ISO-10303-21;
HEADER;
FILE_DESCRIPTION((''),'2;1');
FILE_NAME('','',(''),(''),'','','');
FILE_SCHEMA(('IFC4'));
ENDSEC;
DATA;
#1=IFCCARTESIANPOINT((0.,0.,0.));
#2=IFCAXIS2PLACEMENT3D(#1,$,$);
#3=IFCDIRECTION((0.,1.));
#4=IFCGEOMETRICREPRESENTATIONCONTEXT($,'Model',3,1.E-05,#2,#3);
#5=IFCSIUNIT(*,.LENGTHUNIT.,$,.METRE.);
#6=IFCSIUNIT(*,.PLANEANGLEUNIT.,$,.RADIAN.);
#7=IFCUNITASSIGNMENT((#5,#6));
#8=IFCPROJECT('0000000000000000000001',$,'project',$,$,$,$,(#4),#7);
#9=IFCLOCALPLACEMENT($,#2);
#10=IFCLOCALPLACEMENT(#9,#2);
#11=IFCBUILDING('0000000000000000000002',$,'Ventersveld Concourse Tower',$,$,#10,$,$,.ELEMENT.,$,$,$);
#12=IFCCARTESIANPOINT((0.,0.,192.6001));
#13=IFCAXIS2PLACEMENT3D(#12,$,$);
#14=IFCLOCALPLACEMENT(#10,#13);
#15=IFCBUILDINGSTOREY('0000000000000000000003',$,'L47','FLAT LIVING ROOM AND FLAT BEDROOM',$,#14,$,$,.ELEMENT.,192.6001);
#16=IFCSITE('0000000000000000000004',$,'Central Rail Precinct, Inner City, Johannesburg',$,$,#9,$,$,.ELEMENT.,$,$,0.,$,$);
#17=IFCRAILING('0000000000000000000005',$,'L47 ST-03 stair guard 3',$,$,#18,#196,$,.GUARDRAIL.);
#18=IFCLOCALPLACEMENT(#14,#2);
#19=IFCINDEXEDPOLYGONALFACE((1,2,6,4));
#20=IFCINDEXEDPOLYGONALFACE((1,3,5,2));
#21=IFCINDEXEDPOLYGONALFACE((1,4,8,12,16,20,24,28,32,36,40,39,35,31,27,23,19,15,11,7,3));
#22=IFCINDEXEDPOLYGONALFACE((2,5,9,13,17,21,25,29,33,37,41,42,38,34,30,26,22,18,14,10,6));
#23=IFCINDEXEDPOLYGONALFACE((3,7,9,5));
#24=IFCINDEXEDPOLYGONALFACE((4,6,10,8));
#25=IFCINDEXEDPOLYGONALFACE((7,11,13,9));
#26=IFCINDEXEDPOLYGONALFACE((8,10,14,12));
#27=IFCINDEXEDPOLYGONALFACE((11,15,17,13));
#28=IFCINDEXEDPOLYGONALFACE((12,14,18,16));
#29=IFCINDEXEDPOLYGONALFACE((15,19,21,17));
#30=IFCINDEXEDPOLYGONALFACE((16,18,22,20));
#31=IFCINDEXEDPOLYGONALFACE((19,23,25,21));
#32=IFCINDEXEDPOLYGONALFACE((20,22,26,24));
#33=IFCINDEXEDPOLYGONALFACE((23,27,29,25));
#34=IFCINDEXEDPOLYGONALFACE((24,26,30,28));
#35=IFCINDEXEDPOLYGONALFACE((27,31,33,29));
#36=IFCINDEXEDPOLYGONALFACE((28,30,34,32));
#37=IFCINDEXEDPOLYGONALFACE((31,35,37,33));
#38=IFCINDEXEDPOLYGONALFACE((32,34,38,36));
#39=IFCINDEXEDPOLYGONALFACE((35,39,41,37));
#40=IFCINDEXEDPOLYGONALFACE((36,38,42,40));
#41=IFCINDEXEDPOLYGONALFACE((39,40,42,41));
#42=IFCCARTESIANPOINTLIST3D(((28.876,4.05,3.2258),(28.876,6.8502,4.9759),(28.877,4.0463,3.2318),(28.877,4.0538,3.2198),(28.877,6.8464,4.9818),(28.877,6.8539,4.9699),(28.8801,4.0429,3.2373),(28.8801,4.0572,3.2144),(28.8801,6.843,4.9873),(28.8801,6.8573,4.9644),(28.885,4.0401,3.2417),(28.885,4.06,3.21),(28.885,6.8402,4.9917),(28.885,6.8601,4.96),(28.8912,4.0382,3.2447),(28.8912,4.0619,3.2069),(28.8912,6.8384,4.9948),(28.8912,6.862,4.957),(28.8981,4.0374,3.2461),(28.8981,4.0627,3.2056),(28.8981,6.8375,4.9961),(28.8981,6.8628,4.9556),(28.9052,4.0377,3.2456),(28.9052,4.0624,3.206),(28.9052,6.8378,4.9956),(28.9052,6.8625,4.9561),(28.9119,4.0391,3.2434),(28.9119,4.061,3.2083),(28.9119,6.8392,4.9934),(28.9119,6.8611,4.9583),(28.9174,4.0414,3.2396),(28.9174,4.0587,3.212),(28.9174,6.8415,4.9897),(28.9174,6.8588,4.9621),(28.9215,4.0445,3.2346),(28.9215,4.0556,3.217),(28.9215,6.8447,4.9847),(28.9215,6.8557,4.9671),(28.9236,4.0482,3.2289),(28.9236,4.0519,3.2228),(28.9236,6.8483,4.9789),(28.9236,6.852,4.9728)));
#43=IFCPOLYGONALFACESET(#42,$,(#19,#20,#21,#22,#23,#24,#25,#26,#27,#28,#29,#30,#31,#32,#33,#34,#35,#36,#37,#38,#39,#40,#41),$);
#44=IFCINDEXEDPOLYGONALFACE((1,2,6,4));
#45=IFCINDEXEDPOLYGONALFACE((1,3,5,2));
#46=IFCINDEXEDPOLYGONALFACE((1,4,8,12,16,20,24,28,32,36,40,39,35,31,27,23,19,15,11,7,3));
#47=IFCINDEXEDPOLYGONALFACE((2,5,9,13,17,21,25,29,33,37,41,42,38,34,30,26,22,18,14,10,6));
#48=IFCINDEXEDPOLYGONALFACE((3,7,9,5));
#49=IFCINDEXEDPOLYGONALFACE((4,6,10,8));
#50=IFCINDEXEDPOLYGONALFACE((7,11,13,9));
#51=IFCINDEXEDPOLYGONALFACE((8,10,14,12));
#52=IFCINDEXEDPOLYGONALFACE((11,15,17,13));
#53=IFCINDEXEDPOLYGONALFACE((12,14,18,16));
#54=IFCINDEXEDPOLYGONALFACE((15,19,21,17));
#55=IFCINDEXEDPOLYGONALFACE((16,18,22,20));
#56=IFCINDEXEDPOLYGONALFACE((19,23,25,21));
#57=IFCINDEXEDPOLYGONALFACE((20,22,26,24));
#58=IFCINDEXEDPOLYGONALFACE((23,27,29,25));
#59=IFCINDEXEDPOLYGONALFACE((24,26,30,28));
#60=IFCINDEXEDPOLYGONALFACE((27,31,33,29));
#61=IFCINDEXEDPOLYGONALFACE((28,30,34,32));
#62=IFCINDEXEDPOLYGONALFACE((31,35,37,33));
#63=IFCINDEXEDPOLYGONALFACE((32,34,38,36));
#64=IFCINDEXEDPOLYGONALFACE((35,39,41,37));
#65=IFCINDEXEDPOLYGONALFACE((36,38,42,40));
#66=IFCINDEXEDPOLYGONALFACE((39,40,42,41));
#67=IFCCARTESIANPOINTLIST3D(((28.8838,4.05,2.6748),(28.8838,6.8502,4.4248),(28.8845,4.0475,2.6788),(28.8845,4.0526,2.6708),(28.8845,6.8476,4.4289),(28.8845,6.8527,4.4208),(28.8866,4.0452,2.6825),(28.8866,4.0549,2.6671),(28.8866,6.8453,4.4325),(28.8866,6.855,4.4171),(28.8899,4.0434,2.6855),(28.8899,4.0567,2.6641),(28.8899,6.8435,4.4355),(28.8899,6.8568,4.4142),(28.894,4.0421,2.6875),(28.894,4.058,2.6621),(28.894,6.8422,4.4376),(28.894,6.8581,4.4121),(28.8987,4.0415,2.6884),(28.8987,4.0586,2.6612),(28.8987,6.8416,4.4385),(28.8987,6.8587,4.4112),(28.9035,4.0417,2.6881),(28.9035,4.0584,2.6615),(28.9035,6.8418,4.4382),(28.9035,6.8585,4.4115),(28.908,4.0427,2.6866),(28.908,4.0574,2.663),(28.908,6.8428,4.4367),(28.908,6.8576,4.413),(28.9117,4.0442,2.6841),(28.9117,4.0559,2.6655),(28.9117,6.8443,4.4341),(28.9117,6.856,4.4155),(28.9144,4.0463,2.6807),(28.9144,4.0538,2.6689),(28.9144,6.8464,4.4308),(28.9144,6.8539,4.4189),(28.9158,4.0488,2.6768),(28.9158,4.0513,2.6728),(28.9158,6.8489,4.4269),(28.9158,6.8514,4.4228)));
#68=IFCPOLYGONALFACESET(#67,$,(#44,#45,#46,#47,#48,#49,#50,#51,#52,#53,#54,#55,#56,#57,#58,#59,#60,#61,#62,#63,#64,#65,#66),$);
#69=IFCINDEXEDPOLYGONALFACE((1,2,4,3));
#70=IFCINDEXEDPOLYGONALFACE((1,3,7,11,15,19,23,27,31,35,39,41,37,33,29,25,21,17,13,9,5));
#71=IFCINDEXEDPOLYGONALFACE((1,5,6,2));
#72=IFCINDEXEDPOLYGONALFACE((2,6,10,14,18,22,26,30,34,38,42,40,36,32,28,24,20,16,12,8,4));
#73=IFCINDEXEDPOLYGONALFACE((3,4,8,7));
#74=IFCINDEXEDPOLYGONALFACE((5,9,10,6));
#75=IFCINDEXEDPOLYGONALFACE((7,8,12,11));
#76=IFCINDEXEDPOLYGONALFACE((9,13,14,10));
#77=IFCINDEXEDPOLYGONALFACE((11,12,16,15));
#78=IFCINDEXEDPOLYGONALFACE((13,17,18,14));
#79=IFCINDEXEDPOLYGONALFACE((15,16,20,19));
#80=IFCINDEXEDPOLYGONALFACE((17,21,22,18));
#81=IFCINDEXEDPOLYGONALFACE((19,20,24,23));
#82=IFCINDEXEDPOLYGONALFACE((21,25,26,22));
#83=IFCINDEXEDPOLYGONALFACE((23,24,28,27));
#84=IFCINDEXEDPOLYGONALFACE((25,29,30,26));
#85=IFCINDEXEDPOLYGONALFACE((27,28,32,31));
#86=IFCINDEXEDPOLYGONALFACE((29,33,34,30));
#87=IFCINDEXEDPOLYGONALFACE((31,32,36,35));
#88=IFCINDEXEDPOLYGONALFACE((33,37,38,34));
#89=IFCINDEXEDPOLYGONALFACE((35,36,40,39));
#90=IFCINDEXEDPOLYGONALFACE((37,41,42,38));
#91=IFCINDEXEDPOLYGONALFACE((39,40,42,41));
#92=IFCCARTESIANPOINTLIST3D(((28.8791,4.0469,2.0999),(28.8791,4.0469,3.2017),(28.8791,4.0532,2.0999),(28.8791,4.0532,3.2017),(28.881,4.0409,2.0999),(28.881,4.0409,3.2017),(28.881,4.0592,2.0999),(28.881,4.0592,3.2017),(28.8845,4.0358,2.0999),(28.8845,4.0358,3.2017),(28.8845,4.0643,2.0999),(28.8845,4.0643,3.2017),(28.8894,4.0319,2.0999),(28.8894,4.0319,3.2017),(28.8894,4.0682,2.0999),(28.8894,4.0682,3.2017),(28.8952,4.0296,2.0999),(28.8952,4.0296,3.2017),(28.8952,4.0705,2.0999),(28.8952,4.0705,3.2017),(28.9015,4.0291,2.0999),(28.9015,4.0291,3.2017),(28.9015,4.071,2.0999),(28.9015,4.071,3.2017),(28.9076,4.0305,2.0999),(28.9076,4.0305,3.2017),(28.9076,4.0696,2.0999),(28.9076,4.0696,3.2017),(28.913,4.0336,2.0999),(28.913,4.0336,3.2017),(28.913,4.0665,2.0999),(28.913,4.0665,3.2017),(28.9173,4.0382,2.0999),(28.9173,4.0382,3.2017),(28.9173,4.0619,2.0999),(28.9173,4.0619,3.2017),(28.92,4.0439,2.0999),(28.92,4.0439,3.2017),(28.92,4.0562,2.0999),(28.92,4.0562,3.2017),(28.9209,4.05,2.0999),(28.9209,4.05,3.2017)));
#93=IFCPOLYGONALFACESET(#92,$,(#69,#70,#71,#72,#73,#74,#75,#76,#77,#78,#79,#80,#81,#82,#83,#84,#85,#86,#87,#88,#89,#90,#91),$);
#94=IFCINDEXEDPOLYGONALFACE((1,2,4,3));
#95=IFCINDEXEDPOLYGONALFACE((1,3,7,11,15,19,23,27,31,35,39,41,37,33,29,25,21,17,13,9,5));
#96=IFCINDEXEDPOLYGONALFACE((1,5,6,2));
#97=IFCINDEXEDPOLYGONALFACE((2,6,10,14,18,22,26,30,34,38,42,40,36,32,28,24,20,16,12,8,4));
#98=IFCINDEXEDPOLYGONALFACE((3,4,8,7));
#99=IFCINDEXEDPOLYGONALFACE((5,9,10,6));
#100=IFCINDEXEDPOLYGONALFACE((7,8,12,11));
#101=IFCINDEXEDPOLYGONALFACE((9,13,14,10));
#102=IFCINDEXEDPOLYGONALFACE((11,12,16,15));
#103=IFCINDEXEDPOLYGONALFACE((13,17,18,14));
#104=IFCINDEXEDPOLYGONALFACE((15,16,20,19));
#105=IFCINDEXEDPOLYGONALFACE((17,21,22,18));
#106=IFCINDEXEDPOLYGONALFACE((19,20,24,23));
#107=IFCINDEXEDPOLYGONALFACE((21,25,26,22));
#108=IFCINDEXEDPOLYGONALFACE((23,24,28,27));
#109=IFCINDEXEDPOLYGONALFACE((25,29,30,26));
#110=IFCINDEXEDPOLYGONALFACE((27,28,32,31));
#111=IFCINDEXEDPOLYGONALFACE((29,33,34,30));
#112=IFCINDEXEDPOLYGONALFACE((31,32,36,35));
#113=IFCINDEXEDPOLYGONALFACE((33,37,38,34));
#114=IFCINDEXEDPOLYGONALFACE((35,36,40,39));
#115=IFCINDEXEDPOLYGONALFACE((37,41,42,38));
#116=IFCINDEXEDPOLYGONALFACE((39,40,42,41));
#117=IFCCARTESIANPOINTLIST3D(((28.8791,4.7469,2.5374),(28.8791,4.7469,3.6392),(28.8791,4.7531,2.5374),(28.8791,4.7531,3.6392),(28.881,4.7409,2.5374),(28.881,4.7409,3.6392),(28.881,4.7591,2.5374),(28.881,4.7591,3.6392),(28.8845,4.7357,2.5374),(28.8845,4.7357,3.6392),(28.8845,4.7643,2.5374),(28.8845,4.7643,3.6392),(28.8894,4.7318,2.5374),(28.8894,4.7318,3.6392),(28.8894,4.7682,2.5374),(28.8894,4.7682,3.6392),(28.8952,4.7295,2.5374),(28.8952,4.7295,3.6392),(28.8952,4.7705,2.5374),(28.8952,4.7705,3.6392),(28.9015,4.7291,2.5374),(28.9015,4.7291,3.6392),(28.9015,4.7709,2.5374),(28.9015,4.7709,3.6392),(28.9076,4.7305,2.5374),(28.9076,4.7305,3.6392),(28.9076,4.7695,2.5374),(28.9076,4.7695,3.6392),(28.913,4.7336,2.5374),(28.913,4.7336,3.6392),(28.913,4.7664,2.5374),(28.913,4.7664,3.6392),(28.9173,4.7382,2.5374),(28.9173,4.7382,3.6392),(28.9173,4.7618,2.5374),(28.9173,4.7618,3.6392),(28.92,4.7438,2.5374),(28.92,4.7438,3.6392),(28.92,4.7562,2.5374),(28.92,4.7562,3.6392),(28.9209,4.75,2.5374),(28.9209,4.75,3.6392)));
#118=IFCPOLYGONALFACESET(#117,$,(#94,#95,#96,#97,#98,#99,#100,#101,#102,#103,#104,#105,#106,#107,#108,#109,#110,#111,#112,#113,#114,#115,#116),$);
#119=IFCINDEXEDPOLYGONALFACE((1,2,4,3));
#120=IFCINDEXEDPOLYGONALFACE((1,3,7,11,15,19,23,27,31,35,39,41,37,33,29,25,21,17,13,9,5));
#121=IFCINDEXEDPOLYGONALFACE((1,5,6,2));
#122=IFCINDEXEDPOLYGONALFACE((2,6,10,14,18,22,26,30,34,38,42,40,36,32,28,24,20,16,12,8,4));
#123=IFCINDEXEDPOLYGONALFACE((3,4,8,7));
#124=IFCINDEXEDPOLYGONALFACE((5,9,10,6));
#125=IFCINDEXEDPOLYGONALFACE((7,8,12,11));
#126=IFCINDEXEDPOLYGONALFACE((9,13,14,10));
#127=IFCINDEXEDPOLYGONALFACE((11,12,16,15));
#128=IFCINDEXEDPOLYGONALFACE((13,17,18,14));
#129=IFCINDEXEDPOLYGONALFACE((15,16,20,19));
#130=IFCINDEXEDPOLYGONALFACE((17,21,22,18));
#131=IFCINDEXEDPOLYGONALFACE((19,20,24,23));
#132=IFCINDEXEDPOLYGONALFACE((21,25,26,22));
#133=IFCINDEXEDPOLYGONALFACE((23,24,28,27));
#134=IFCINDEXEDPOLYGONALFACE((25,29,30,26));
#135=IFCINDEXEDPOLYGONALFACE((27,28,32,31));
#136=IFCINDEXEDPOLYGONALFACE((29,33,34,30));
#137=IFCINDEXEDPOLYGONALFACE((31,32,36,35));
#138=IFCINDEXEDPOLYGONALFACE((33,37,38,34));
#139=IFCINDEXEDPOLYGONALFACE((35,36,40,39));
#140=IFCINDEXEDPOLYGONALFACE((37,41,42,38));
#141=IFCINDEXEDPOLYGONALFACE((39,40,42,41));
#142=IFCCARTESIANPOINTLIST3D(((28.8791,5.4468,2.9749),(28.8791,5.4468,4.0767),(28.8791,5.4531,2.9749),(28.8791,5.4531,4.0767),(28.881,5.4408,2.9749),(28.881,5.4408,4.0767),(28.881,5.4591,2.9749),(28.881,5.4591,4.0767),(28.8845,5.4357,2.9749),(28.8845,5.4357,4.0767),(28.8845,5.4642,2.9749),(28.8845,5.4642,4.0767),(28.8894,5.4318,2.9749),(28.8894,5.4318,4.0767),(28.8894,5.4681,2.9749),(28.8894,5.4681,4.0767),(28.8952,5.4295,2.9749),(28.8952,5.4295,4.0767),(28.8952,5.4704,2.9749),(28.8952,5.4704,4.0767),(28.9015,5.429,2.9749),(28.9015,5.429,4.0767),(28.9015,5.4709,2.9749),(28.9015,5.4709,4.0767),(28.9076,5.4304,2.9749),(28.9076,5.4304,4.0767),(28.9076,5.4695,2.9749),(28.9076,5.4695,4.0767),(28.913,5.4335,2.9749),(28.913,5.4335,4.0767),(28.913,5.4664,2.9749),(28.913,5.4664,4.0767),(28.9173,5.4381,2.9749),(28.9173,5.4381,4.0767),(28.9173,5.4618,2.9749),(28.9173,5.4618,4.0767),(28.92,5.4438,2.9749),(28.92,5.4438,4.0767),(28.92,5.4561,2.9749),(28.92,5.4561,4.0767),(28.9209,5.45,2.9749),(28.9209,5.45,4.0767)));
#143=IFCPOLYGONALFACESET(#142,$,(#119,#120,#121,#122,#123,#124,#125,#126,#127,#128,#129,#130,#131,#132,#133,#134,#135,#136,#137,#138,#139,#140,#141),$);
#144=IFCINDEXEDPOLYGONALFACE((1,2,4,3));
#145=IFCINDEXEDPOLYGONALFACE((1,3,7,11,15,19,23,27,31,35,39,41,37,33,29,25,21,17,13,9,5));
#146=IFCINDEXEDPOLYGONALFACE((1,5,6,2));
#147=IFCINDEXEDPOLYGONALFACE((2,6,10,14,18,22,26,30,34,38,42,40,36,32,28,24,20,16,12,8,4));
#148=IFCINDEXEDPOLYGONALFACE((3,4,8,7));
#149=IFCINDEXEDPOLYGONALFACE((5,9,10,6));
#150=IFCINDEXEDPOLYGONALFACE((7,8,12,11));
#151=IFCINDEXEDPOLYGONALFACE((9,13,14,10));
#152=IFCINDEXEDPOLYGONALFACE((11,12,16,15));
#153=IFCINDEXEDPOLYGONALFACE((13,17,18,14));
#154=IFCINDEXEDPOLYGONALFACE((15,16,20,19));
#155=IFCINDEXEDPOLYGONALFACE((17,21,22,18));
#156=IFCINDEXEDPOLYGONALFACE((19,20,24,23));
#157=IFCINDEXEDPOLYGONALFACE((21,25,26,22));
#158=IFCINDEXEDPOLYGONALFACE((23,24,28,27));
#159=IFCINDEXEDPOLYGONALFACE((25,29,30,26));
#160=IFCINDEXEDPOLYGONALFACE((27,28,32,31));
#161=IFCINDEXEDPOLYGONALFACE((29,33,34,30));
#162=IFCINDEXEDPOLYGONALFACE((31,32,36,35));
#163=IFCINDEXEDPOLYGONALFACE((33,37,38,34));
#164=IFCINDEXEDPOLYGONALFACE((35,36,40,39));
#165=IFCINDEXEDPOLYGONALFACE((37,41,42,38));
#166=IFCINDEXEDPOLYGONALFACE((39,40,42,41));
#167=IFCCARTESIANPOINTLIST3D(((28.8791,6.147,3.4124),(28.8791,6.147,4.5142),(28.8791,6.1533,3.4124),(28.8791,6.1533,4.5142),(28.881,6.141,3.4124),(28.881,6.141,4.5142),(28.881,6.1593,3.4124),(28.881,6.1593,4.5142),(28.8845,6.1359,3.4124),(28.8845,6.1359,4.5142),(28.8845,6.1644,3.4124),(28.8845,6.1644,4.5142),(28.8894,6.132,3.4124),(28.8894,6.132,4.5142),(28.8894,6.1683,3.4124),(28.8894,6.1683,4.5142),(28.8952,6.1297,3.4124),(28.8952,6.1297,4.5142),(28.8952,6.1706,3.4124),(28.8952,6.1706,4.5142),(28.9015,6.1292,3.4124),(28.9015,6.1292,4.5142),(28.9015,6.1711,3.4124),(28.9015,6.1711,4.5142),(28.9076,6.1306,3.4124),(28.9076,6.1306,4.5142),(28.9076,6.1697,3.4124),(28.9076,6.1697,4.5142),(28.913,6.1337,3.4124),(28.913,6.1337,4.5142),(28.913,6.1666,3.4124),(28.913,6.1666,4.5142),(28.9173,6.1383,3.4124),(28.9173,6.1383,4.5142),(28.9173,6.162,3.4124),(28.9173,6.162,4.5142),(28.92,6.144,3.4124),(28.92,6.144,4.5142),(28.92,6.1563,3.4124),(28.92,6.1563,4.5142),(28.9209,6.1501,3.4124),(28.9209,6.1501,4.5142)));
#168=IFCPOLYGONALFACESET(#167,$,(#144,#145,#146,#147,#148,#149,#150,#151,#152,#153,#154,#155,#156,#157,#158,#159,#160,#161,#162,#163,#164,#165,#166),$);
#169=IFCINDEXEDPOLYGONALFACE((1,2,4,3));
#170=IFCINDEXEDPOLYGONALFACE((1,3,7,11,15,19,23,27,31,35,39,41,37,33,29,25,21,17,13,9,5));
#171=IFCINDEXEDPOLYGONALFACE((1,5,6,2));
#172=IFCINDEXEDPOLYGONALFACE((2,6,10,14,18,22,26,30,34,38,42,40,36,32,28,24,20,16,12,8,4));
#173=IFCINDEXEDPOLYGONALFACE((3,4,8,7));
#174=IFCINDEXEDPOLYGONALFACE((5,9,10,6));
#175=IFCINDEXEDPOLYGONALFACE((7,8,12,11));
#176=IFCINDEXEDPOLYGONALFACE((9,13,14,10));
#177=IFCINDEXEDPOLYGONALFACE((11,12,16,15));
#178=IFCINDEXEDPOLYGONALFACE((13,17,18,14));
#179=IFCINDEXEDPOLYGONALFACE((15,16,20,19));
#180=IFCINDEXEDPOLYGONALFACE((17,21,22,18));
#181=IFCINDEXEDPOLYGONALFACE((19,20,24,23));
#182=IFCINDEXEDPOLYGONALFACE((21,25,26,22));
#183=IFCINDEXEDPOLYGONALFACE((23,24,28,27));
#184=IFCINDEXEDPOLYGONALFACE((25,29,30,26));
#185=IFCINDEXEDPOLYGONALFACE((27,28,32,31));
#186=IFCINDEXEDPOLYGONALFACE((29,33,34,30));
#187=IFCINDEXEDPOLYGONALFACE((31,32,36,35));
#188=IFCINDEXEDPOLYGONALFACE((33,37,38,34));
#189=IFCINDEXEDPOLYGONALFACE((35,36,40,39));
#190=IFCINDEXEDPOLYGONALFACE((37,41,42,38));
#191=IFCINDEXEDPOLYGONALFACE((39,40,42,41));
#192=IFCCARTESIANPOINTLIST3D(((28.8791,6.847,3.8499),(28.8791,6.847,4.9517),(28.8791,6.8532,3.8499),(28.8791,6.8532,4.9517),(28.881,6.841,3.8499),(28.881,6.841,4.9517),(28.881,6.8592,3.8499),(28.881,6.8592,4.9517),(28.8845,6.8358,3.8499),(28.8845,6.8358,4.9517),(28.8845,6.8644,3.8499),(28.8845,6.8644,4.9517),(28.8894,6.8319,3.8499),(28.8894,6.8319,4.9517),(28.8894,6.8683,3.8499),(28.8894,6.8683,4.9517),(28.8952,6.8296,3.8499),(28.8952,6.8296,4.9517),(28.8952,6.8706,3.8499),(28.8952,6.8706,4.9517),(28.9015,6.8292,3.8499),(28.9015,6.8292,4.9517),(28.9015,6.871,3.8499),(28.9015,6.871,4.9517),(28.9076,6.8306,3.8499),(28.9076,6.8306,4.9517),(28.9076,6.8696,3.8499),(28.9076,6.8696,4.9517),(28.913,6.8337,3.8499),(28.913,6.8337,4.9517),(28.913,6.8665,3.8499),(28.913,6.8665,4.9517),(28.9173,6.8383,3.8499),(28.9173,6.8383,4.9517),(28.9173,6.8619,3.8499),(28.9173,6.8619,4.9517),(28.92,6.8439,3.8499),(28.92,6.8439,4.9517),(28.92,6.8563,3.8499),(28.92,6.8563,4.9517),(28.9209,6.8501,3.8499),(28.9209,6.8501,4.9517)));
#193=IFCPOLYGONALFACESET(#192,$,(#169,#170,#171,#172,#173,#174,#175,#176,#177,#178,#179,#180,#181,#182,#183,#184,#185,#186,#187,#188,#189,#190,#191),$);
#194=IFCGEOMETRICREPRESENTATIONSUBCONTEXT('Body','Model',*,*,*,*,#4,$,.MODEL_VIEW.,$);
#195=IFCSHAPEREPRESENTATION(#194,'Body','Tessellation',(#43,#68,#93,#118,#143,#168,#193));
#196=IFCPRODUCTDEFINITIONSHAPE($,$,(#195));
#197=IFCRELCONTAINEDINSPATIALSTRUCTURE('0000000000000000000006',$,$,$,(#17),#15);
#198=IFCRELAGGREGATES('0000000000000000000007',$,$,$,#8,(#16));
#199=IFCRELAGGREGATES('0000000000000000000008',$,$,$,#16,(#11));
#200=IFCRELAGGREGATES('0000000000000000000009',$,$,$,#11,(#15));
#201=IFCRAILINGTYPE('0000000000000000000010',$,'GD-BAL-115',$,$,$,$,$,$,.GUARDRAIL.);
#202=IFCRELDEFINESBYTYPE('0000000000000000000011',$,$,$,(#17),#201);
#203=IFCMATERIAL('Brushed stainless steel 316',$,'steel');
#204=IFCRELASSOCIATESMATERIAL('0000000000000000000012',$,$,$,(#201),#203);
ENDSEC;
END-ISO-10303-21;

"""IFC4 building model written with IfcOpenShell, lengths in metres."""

from ifc_helpers import new_model, si_unit, direction, frame, origin, origin_2d, place, context, subcontext, project, spatial, circle, extrude, material, type_object, element, save


model = new_model("IFC4")

# Units and contexts
model_context = context("Model", 3, precision=1e-05, world=origin(), true_north=direction((0.0, 1.0)))
body_context = subcontext(model_context, "Body", "Model", "MODEL_VIEW")
ifc_project = project(units=[si_unit("LENGTHUNIT", "METRE"), si_unit("PLANEANGLEUNIT", "RADIAN")], contexts=[model_context])

# Site, building, storey
site_placement = place(None, origin())
site = spatial("IfcSite", under=ifc_project, at=site_placement, Name="Central Rail Precinct, Inner City, Johannesburg", CompositionType="ELEMENT", RefElevation=0.0)
building_placement = place(site_placement, origin())
building = spatial("IfcBuilding", under=site, at=building_placement, Name="Ventersveld Concourse Tower", CompositionType="ELEMENT")
storey_placement = place(building_placement, frame((0.0, 0.0, 192.6001)))
storey = spatial("IfcBuildingStorey", under=building, at=storey_placement, Name="L47", Description="FLAT LIVING ROOM AND FLAT BEDROOM", CompositionType="ELEMENT", Elevation=192.6001)

# Shared definitions
ifc_material_1 = material(Name="Brushed stainless steel 316", Category="steel")

# Railing
railing_type_1 = type_object("IfcRailingType", Name="GD-BAL-115", PredefinedType="GUARDRAIL", material=ifc_material_1)
railing_1_placement = place(storey_placement, frame((28.8999, 4.05, 2.0999)))
element("IfcRailing", 1, at=railing_1_placement, inside=storey, type_object=railing_type_1, Name="L47 ST-03 stair guard 3", PredefinedType="GUARDRAIL", context=body_context, shape_type="SweptSolid", body=[
    extrude(circle(Radius=0.0239, at=origin_2d()), frame((0.0, 0.0, 1.126), z_axis=(0.0, 0.848002, 0.529992), x_axis=(-1.0, 0.0, 0.0)), (0.0, 0.0, 1.0), 3.302),
    extrude(circle(Radius=0.0161, at=origin_2d()), frame((0.0, 0.0, 0.575), z_axis=(0.0, 0.848002, 0.529992), x_axis=(-1.0, 0.0, 0.0)), (0.0, 0.0, 1.0), 3.302),
    extrude(circle(Radius=0.021, at=origin_2d()), origin(), (0.0, 0.0, 1.0), 1.1018),
    extrude(circle(Radius=0.021, at=origin_2d()), frame((0.0, 0.7, 0.4375)), (0.0, 0.0, 1.0), 1.1018),
    extrude(circle(Radius=0.021, at=origin_2d()), frame((0.0, 1.3999, 0.875)), (0.0, 0.0, 1.0), 1.1018),
    extrude(circle(Radius=0.021, at=origin_2d()), frame((0.0, 2.1001, 1.3125)), (0.0, 0.0, 1.0), 1.1018),
    extrude(circle(Radius=0.021, at=origin_2d()), frame((0.0, 2.8, 1.75)), (0.0, 0.0, 1.0), 1.1018),
])

save(model, "model.ifc")
